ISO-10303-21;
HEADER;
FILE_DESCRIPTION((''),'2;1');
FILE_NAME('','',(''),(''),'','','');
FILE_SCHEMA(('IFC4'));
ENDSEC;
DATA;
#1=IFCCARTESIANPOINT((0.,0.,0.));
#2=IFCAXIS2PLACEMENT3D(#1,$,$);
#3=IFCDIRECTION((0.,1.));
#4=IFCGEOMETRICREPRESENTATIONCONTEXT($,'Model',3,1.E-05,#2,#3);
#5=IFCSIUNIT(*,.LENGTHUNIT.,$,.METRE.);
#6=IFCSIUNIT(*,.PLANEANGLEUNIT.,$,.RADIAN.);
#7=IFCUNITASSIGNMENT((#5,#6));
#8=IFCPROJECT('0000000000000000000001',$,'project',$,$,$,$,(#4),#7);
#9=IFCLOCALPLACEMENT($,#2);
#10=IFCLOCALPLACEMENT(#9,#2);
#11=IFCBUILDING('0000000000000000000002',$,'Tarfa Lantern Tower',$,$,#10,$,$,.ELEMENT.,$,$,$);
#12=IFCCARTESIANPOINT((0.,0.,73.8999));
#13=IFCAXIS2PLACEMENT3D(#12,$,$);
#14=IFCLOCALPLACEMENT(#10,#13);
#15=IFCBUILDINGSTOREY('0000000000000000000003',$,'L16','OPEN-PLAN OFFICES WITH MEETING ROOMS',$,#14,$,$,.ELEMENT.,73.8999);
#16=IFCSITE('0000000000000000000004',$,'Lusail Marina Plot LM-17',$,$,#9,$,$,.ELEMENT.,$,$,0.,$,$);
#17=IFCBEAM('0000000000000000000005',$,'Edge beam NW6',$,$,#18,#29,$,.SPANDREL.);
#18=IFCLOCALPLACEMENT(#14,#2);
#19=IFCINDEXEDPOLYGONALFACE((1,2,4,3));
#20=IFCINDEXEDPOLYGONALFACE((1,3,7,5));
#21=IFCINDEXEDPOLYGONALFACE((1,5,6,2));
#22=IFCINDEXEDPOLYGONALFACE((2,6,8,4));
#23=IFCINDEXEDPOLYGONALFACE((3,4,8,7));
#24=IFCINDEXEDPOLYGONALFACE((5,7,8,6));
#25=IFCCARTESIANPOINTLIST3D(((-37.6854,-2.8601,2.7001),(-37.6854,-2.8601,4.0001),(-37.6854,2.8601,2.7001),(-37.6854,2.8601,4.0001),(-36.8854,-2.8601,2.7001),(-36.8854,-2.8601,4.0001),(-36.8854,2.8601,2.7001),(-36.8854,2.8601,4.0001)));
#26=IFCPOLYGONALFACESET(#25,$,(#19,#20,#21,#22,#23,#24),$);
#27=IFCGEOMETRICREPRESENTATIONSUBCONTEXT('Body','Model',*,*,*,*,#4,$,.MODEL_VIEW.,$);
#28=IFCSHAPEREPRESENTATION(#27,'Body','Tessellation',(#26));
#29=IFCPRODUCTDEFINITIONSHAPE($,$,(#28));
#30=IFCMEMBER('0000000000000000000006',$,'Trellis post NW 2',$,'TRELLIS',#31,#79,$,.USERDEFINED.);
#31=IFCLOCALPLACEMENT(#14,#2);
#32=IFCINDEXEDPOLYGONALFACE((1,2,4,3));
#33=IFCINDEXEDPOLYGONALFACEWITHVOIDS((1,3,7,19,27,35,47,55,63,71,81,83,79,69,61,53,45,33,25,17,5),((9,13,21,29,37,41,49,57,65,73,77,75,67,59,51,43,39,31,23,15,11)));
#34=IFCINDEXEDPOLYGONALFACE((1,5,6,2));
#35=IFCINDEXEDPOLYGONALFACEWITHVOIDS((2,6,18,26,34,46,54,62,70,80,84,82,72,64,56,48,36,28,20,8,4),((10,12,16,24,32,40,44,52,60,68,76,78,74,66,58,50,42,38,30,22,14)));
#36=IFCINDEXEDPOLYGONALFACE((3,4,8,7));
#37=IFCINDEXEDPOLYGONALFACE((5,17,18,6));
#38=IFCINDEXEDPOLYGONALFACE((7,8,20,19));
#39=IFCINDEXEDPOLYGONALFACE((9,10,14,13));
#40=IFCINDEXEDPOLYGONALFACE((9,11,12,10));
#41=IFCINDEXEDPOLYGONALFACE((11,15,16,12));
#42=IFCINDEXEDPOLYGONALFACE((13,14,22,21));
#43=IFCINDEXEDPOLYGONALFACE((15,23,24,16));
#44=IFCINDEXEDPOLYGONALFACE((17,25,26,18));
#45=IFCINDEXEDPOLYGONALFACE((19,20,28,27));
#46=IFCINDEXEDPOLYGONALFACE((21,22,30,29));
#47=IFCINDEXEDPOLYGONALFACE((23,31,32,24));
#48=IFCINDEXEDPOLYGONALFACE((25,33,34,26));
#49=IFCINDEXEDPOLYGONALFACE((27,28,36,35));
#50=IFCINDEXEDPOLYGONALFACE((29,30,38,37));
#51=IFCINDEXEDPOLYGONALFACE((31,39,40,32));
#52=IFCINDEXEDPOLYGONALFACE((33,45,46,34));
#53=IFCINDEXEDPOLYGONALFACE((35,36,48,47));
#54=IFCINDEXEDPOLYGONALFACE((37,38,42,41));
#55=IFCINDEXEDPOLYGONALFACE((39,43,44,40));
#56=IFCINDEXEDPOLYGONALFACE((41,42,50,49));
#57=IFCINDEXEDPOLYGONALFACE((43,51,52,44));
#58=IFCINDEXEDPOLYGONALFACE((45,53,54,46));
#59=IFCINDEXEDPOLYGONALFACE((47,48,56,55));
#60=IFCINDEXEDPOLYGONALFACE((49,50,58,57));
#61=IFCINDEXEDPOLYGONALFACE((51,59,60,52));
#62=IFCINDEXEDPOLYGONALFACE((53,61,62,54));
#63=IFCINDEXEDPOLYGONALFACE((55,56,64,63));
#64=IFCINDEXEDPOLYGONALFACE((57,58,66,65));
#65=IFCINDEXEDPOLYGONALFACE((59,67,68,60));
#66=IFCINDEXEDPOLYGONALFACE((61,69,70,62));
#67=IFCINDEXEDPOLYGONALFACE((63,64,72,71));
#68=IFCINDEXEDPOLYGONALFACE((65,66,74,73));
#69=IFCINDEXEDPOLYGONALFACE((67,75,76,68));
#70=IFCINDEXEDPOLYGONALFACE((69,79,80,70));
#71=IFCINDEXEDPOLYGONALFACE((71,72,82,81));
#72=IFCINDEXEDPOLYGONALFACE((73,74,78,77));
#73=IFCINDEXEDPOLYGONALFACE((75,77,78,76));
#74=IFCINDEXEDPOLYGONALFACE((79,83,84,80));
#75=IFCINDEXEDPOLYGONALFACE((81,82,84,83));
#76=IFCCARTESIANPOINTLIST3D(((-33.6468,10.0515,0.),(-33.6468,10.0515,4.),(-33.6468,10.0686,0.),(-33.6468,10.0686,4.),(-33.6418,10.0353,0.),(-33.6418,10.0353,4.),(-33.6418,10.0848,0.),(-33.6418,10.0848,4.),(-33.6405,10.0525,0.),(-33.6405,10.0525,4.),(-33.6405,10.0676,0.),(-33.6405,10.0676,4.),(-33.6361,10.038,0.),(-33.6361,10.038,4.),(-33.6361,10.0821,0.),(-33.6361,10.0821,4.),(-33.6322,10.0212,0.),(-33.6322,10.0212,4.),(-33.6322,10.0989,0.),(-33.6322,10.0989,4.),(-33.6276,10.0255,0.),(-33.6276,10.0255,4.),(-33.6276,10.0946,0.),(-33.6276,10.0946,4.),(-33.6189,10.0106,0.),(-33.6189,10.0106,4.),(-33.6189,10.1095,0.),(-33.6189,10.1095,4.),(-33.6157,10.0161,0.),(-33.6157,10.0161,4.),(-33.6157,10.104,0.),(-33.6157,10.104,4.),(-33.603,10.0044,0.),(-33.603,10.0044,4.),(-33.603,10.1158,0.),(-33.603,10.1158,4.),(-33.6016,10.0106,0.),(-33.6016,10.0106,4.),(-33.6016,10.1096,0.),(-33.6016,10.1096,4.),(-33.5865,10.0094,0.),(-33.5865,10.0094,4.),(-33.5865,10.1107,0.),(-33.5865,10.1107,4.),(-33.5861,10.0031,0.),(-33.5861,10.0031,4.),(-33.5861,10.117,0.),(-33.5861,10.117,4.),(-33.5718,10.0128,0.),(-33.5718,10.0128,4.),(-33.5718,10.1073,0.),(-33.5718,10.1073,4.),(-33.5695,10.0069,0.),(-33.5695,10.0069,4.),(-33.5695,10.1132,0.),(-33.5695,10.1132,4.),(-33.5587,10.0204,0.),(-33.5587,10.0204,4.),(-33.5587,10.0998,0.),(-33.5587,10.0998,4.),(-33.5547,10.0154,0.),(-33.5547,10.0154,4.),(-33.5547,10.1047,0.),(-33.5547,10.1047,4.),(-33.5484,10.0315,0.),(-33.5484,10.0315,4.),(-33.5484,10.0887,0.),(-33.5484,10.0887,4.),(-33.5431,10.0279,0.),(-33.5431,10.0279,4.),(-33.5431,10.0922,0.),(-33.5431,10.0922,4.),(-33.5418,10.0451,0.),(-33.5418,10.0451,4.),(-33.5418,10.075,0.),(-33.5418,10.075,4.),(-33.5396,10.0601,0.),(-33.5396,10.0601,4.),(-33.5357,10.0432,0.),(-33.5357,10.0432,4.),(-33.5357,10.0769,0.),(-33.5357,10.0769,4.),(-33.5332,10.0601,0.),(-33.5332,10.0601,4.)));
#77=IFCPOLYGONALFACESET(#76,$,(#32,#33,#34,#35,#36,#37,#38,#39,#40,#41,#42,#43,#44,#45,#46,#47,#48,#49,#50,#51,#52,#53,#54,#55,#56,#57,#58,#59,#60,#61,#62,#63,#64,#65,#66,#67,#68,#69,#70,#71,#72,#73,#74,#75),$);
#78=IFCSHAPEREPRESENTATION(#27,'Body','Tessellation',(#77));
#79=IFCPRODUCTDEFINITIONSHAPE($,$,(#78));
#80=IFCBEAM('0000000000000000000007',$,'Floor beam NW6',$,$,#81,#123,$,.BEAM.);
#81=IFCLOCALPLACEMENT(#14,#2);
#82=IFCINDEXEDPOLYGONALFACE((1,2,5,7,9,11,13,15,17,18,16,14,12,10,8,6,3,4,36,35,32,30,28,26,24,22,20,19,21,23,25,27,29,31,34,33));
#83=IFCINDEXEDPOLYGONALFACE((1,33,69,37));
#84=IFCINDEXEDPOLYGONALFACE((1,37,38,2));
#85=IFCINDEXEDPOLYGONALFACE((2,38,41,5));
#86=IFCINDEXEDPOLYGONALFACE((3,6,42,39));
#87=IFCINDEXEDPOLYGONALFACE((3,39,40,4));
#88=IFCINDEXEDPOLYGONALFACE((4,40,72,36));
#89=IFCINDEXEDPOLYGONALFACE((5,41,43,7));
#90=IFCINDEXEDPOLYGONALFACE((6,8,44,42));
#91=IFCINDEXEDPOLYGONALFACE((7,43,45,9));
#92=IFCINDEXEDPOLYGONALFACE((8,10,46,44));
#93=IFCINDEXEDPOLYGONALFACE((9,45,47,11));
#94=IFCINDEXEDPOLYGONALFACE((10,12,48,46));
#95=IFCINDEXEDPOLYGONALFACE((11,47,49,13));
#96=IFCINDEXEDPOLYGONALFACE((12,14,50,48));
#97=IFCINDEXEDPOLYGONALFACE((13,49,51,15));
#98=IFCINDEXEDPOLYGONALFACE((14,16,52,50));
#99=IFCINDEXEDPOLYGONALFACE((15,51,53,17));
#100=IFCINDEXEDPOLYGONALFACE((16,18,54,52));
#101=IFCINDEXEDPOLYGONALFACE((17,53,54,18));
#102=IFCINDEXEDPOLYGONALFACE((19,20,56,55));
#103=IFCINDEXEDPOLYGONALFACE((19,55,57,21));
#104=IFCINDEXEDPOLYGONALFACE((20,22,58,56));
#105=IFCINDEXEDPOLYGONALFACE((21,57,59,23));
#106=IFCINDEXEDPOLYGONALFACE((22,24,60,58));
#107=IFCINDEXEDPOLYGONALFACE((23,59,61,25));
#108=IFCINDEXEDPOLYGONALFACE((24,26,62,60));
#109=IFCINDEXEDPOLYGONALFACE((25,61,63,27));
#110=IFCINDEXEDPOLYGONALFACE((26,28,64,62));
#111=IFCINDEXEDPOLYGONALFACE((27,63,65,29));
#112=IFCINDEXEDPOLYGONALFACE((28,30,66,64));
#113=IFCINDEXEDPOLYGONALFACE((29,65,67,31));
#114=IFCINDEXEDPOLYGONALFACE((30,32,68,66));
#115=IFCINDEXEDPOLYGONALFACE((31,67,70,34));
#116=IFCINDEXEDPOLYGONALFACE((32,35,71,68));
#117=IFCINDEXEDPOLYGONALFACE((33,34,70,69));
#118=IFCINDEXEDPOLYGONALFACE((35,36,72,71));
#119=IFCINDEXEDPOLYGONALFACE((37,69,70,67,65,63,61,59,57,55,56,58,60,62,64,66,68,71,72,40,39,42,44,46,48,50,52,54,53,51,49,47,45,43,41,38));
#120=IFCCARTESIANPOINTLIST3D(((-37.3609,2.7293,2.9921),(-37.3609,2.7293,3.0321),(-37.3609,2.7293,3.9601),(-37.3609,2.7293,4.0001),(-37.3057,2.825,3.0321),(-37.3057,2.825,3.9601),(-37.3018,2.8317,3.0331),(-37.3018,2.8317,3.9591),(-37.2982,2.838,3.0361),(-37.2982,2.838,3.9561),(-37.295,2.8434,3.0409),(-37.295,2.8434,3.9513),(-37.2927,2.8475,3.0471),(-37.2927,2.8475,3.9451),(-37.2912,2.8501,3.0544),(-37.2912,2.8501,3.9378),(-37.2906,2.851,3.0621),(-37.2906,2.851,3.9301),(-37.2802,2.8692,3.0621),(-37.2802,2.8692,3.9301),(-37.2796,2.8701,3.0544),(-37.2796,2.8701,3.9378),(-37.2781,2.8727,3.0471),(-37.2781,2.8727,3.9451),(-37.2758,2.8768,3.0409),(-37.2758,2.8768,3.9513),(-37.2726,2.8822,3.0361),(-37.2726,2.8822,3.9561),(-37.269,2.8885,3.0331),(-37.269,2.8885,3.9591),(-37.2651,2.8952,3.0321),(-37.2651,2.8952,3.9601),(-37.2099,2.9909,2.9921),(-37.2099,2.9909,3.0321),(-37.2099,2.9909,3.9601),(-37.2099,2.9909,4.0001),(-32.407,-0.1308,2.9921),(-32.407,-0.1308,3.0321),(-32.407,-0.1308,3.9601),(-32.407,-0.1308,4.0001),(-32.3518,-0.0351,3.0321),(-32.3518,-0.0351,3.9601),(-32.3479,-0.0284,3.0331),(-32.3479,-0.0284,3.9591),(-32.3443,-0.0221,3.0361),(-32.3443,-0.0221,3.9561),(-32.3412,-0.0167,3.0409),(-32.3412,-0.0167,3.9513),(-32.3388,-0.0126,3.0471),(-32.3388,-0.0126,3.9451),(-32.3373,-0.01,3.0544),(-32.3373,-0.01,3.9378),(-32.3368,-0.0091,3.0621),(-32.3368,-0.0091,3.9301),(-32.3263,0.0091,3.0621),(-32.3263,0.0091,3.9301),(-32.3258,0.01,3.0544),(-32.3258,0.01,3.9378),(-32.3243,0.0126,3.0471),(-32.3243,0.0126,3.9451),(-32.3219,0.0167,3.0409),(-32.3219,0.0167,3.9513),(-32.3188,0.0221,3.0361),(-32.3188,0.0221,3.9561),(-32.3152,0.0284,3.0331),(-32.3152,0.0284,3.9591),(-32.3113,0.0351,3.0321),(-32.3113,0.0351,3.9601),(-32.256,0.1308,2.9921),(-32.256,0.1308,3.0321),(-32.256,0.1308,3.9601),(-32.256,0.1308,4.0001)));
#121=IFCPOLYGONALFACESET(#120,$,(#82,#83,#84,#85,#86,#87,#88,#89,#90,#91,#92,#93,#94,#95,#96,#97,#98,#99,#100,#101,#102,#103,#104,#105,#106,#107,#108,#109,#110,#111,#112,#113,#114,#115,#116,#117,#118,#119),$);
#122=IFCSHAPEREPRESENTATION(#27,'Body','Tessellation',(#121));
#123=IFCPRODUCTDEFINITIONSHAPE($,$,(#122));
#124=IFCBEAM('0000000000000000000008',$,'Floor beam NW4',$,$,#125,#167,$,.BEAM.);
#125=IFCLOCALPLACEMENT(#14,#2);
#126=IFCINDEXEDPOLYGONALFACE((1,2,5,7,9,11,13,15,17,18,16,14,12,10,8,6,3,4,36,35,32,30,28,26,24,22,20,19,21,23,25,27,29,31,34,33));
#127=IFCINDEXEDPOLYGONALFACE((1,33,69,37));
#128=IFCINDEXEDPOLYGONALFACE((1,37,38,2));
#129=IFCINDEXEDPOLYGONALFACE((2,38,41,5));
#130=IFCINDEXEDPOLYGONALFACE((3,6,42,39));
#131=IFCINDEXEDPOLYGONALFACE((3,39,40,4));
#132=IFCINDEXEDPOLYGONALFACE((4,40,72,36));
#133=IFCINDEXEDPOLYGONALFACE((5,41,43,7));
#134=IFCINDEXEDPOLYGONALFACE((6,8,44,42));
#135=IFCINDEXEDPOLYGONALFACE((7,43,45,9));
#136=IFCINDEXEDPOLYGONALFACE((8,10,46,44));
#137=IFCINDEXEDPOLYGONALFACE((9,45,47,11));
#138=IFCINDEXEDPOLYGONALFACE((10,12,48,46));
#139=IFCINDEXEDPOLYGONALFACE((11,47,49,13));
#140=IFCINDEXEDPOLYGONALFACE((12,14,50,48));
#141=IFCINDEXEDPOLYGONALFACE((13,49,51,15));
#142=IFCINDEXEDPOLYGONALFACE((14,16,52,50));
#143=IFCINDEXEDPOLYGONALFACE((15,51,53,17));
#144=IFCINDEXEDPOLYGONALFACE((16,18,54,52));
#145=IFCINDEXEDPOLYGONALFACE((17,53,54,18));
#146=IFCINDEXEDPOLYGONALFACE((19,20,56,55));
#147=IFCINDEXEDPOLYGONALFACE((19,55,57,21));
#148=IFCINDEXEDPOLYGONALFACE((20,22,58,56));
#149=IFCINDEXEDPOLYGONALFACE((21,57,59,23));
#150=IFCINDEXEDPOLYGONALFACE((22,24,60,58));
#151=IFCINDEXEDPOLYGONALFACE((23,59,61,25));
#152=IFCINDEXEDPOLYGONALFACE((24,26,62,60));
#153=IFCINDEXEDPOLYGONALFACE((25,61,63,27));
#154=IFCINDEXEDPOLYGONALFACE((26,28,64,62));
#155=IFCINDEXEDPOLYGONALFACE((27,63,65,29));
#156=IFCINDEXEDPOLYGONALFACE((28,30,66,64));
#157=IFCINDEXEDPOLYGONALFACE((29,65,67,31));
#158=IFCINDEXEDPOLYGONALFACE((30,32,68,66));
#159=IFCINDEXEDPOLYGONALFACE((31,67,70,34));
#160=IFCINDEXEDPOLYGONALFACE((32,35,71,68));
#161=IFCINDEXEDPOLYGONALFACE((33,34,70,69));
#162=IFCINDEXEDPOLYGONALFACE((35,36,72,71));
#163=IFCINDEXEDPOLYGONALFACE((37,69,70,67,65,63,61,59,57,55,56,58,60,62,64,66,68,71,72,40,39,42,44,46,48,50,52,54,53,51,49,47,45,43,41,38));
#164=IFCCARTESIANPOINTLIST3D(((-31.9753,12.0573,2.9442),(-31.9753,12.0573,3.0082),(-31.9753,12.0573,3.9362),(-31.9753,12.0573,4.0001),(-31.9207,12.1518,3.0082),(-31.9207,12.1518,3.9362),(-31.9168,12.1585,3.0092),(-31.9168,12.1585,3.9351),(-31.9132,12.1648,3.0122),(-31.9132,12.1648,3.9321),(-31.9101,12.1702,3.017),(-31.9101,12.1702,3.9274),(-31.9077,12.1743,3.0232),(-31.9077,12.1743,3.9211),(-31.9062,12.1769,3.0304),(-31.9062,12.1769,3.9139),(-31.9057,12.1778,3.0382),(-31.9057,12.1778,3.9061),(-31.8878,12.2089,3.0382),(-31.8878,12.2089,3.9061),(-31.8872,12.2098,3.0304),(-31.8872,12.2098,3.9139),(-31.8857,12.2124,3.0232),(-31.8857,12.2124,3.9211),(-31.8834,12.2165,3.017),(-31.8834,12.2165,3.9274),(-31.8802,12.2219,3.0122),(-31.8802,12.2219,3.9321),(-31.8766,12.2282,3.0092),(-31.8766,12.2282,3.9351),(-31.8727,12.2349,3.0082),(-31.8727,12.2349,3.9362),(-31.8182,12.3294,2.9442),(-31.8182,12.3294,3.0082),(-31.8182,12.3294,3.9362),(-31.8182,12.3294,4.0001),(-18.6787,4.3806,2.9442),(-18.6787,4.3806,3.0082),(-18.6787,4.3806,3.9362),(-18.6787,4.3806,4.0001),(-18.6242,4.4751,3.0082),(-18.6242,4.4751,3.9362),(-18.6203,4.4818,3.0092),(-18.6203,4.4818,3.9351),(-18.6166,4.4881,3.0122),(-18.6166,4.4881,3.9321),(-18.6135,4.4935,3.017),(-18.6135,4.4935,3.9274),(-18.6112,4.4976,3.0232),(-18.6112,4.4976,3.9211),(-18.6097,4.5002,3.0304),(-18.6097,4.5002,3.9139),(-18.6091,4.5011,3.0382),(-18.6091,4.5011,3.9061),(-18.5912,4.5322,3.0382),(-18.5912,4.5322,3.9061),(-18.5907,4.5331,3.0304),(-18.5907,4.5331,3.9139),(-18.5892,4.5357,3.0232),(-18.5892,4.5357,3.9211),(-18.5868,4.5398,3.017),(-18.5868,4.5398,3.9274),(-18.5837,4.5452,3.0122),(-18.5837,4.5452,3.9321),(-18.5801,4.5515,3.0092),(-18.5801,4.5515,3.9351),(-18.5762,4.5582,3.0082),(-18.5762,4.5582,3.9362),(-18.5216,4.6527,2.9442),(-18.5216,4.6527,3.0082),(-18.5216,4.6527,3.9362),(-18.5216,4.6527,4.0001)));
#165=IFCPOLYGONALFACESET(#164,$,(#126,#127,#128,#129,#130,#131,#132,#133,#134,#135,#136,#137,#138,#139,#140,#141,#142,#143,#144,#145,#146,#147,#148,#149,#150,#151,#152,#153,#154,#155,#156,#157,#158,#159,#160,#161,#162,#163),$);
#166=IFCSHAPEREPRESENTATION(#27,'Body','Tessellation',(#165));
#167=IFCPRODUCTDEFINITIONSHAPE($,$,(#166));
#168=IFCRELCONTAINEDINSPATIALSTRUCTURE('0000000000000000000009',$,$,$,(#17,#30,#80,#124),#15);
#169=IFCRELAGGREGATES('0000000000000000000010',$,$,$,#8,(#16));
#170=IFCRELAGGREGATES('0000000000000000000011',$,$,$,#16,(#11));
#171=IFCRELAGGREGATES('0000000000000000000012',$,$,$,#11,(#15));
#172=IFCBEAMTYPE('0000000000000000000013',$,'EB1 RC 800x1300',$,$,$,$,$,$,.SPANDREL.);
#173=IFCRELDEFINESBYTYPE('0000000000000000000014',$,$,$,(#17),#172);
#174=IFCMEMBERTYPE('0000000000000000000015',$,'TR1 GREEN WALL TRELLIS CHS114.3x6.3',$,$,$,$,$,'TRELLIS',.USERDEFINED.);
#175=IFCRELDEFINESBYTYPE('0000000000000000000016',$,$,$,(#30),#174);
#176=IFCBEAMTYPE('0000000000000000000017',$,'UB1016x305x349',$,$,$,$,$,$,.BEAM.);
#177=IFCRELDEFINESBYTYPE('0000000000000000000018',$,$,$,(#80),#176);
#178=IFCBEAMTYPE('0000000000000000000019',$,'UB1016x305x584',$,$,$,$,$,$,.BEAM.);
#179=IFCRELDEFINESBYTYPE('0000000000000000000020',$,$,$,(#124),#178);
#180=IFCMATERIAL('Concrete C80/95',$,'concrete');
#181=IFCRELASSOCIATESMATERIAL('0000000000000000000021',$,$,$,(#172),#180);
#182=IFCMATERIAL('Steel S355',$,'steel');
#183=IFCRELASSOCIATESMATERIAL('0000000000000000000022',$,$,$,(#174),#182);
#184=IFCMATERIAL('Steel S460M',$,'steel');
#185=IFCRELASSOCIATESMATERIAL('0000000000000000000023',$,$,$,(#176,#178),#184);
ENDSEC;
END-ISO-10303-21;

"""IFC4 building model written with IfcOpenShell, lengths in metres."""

from ifc_helpers import new_model, si_unit, direction, frame, origin, origin_2d, place, context, subcontext, project, spatial, rectangle, hollow_circle, i_section, extrude, material, material_profile, profile_set, type_object, element, save


model = new_model("IFC4")

# Units and contexts
model_context = context("Model", 3, precision=1e-05, world=origin(), true_north=direction((0.0, 1.0)))
body_context = subcontext(model_context, "Body", "Model", "MODEL_VIEW")
ifc_project = project(units=[si_unit("LENGTHUNIT", "METRE"), si_unit("PLANEANGLEUNIT", "RADIAN")], contexts=[model_context])

# Site, building, storey
site_placement = place(None, origin())
site = spatial("IfcSite", under=ifc_project, at=site_placement, Name="Lusail Marina Plot LM-17", CompositionType="ELEMENT", RefElevation=0.0)
building_placement = place(site_placement, origin())
building = spatial("IfcBuilding", under=site, at=building_placement, Name="Tarfa Lantern Tower", CompositionType="ELEMENT")
storey_placement = place(building_placement, frame((0.0, 0.0, 73.8999)))
storey = spatial("IfcBuildingStorey", under=building, at=storey_placement, Name="L16", Description="OPEN-PLAN OFFICES WITH MEETING ROOMS", CompositionType="ELEMENT", Elevation=73.8999)

# Shared definitions
ifc_material_1 = material(Name="Concrete C80/95", Category="concrete")

# Beam
ifc_material_profile_1 = material_profile(ifc_material_1, rectangle(XDim=0.8, YDim=1.3, at=origin_2d()), Name="RC 800x1300")
ifc_profile_set_1 = profile_set([ifc_material_profile_1], Name="Concrete C80/95")
beam_type_1 = type_object("IfcBeamType", Name="EB1 RC 800x1300", PredefinedType="SPANDREL", material=ifc_profile_set_1)
beam_1_placement = place(storey_placement, frame((-37.2854, 2.8601, 3.3501), z_axis=(0.0, -1.0, 0.0), x_axis=(1.0, 0.0, 0.0)))
element("IfcBeam", 1, at=beam_1_placement, inside=storey, type_object=beam_type_1, Name="Edge beam NW6", PredefinedType="SPANDREL", context=body_context, shape_type="SweptSolid", body=[
    extrude(rectangle(XDim=0.8, YDim=1.3, at=origin_2d()), origin(), (0.0, 0.0, 1.0), 5.7202),
])

# Member
ifc_material_2 = material(Name="Steel S355", Category="steel")
ifc_material_profile_2 = material_profile(ifc_material_2, hollow_circle(Radius=0.0571, WallThickness=0.0063, at=origin_2d()), Name="CHS114.3x6.3")
ifc_profile_set_2 = profile_set([ifc_material_profile_2], Name="Steel S355")
member_type_1 = type_object("IfcMemberType", Name="TR1 GREEN WALL TRELLIS CHS114.3x6.3", ElementType="TRELLIS", PredefinedType="USERDEFINED", material=ifc_profile_set_2)
member_1_placement = place(storey_placement, frame((-33.5903, 10.0601, 0.0), z_axis=(0.0, 0.0, 1.0), x_axis=(1.0, 0.0, 0.0)))
element("IfcMember", 2, at=member_1_placement, inside=storey, type_object=member_type_1, Name="Trellis post NW 2", ObjectType="TRELLIS", PredefinedType="USERDEFINED", context=body_context, shape_type="SweptSolid", body=[
    extrude(hollow_circle(Radius=0.0571, WallThickness=0.0063, at=origin_2d()), origin(), (0.0, 0.0, 1.0), 4.0),
])

# Beams
ifc_material_3 = material(Name="Steel S460M", Category="steel")
ifc_material_profile_3 = material_profile(ifc_material_3, i_section(OverallWidth=0.302, OverallDepth=1.0081, WebThickness=0.021, FlangeThickness=0.04, FilletRadius=0.03, at=origin_2d()), Name="UB1016x305x349")
ifc_profile_set_3 = profile_set([ifc_material_profile_3], Name="Steel S460M")
beam_type_2 = type_object("IfcBeamType", Name="UB1016x305x349", PredefinedType="BEAM", material=ifc_profile_set_3)
beam_2_placement = place(storey_placement, frame((-37.2854, 2.8601, 3.4961), z_axis=(0.866026, -0.5, 0.0), x_axis=(0.5, 0.866026, 0.0)))
element("IfcBeam", 3, at=beam_2_placement, inside=storey, type_object=beam_type_2, Name="Floor beam NW6", PredefinedType="BEAM", context=body_context, shape_type="SweptSolid", body=[
    extrude(i_section(OverallWidth=0.302, OverallDepth=1.0081, WebThickness=0.021, FlangeThickness=0.04, FilletRadius=0.03, at=origin_2d()), origin(), (0.0, 0.0, 1.0), 5.7202),
])
ifc_material_profile_4 = material_profile(ifc_material_3, i_section(OverallWidth=0.3142, OverallDepth=1.0559, WebThickness=0.0359, FlangeThickness=0.064, FilletRadius=0.03, at=origin_2d()), Name="UB1016x305x584")
ifc_profile_set_4 = profile_set([ifc_material_profile_4], Name="Steel S460M")
beam_type_3 = type_object("IfcBeamType", Name="UB1016x305x584", PredefinedType="BEAM", material=ifc_profile_set_4)
beam_3_placement = place(storey_placement, frame((-31.8967, 12.1934, 3.4722), z_axis=(0.866027, -0.499997, 0.0), x_axis=(0.499997, 0.866027, 0.0)))
element("IfcBeam", 4, at=beam_3_placement, inside=storey, type_object=beam_type_3, Name="Floor beam NW4", PredefinedType="BEAM", context=body_context, shape_type="SweptSolid", body=[
    extrude(i_section(OverallWidth=0.3142, OverallDepth=1.0559, WebThickness=0.0359, FlangeThickness=0.064, FilletRadius=0.03, at=origin_2d()), origin(), (0.0, 0.0, 1.0), 15.3535),
])

save(model, "model.ifc")
